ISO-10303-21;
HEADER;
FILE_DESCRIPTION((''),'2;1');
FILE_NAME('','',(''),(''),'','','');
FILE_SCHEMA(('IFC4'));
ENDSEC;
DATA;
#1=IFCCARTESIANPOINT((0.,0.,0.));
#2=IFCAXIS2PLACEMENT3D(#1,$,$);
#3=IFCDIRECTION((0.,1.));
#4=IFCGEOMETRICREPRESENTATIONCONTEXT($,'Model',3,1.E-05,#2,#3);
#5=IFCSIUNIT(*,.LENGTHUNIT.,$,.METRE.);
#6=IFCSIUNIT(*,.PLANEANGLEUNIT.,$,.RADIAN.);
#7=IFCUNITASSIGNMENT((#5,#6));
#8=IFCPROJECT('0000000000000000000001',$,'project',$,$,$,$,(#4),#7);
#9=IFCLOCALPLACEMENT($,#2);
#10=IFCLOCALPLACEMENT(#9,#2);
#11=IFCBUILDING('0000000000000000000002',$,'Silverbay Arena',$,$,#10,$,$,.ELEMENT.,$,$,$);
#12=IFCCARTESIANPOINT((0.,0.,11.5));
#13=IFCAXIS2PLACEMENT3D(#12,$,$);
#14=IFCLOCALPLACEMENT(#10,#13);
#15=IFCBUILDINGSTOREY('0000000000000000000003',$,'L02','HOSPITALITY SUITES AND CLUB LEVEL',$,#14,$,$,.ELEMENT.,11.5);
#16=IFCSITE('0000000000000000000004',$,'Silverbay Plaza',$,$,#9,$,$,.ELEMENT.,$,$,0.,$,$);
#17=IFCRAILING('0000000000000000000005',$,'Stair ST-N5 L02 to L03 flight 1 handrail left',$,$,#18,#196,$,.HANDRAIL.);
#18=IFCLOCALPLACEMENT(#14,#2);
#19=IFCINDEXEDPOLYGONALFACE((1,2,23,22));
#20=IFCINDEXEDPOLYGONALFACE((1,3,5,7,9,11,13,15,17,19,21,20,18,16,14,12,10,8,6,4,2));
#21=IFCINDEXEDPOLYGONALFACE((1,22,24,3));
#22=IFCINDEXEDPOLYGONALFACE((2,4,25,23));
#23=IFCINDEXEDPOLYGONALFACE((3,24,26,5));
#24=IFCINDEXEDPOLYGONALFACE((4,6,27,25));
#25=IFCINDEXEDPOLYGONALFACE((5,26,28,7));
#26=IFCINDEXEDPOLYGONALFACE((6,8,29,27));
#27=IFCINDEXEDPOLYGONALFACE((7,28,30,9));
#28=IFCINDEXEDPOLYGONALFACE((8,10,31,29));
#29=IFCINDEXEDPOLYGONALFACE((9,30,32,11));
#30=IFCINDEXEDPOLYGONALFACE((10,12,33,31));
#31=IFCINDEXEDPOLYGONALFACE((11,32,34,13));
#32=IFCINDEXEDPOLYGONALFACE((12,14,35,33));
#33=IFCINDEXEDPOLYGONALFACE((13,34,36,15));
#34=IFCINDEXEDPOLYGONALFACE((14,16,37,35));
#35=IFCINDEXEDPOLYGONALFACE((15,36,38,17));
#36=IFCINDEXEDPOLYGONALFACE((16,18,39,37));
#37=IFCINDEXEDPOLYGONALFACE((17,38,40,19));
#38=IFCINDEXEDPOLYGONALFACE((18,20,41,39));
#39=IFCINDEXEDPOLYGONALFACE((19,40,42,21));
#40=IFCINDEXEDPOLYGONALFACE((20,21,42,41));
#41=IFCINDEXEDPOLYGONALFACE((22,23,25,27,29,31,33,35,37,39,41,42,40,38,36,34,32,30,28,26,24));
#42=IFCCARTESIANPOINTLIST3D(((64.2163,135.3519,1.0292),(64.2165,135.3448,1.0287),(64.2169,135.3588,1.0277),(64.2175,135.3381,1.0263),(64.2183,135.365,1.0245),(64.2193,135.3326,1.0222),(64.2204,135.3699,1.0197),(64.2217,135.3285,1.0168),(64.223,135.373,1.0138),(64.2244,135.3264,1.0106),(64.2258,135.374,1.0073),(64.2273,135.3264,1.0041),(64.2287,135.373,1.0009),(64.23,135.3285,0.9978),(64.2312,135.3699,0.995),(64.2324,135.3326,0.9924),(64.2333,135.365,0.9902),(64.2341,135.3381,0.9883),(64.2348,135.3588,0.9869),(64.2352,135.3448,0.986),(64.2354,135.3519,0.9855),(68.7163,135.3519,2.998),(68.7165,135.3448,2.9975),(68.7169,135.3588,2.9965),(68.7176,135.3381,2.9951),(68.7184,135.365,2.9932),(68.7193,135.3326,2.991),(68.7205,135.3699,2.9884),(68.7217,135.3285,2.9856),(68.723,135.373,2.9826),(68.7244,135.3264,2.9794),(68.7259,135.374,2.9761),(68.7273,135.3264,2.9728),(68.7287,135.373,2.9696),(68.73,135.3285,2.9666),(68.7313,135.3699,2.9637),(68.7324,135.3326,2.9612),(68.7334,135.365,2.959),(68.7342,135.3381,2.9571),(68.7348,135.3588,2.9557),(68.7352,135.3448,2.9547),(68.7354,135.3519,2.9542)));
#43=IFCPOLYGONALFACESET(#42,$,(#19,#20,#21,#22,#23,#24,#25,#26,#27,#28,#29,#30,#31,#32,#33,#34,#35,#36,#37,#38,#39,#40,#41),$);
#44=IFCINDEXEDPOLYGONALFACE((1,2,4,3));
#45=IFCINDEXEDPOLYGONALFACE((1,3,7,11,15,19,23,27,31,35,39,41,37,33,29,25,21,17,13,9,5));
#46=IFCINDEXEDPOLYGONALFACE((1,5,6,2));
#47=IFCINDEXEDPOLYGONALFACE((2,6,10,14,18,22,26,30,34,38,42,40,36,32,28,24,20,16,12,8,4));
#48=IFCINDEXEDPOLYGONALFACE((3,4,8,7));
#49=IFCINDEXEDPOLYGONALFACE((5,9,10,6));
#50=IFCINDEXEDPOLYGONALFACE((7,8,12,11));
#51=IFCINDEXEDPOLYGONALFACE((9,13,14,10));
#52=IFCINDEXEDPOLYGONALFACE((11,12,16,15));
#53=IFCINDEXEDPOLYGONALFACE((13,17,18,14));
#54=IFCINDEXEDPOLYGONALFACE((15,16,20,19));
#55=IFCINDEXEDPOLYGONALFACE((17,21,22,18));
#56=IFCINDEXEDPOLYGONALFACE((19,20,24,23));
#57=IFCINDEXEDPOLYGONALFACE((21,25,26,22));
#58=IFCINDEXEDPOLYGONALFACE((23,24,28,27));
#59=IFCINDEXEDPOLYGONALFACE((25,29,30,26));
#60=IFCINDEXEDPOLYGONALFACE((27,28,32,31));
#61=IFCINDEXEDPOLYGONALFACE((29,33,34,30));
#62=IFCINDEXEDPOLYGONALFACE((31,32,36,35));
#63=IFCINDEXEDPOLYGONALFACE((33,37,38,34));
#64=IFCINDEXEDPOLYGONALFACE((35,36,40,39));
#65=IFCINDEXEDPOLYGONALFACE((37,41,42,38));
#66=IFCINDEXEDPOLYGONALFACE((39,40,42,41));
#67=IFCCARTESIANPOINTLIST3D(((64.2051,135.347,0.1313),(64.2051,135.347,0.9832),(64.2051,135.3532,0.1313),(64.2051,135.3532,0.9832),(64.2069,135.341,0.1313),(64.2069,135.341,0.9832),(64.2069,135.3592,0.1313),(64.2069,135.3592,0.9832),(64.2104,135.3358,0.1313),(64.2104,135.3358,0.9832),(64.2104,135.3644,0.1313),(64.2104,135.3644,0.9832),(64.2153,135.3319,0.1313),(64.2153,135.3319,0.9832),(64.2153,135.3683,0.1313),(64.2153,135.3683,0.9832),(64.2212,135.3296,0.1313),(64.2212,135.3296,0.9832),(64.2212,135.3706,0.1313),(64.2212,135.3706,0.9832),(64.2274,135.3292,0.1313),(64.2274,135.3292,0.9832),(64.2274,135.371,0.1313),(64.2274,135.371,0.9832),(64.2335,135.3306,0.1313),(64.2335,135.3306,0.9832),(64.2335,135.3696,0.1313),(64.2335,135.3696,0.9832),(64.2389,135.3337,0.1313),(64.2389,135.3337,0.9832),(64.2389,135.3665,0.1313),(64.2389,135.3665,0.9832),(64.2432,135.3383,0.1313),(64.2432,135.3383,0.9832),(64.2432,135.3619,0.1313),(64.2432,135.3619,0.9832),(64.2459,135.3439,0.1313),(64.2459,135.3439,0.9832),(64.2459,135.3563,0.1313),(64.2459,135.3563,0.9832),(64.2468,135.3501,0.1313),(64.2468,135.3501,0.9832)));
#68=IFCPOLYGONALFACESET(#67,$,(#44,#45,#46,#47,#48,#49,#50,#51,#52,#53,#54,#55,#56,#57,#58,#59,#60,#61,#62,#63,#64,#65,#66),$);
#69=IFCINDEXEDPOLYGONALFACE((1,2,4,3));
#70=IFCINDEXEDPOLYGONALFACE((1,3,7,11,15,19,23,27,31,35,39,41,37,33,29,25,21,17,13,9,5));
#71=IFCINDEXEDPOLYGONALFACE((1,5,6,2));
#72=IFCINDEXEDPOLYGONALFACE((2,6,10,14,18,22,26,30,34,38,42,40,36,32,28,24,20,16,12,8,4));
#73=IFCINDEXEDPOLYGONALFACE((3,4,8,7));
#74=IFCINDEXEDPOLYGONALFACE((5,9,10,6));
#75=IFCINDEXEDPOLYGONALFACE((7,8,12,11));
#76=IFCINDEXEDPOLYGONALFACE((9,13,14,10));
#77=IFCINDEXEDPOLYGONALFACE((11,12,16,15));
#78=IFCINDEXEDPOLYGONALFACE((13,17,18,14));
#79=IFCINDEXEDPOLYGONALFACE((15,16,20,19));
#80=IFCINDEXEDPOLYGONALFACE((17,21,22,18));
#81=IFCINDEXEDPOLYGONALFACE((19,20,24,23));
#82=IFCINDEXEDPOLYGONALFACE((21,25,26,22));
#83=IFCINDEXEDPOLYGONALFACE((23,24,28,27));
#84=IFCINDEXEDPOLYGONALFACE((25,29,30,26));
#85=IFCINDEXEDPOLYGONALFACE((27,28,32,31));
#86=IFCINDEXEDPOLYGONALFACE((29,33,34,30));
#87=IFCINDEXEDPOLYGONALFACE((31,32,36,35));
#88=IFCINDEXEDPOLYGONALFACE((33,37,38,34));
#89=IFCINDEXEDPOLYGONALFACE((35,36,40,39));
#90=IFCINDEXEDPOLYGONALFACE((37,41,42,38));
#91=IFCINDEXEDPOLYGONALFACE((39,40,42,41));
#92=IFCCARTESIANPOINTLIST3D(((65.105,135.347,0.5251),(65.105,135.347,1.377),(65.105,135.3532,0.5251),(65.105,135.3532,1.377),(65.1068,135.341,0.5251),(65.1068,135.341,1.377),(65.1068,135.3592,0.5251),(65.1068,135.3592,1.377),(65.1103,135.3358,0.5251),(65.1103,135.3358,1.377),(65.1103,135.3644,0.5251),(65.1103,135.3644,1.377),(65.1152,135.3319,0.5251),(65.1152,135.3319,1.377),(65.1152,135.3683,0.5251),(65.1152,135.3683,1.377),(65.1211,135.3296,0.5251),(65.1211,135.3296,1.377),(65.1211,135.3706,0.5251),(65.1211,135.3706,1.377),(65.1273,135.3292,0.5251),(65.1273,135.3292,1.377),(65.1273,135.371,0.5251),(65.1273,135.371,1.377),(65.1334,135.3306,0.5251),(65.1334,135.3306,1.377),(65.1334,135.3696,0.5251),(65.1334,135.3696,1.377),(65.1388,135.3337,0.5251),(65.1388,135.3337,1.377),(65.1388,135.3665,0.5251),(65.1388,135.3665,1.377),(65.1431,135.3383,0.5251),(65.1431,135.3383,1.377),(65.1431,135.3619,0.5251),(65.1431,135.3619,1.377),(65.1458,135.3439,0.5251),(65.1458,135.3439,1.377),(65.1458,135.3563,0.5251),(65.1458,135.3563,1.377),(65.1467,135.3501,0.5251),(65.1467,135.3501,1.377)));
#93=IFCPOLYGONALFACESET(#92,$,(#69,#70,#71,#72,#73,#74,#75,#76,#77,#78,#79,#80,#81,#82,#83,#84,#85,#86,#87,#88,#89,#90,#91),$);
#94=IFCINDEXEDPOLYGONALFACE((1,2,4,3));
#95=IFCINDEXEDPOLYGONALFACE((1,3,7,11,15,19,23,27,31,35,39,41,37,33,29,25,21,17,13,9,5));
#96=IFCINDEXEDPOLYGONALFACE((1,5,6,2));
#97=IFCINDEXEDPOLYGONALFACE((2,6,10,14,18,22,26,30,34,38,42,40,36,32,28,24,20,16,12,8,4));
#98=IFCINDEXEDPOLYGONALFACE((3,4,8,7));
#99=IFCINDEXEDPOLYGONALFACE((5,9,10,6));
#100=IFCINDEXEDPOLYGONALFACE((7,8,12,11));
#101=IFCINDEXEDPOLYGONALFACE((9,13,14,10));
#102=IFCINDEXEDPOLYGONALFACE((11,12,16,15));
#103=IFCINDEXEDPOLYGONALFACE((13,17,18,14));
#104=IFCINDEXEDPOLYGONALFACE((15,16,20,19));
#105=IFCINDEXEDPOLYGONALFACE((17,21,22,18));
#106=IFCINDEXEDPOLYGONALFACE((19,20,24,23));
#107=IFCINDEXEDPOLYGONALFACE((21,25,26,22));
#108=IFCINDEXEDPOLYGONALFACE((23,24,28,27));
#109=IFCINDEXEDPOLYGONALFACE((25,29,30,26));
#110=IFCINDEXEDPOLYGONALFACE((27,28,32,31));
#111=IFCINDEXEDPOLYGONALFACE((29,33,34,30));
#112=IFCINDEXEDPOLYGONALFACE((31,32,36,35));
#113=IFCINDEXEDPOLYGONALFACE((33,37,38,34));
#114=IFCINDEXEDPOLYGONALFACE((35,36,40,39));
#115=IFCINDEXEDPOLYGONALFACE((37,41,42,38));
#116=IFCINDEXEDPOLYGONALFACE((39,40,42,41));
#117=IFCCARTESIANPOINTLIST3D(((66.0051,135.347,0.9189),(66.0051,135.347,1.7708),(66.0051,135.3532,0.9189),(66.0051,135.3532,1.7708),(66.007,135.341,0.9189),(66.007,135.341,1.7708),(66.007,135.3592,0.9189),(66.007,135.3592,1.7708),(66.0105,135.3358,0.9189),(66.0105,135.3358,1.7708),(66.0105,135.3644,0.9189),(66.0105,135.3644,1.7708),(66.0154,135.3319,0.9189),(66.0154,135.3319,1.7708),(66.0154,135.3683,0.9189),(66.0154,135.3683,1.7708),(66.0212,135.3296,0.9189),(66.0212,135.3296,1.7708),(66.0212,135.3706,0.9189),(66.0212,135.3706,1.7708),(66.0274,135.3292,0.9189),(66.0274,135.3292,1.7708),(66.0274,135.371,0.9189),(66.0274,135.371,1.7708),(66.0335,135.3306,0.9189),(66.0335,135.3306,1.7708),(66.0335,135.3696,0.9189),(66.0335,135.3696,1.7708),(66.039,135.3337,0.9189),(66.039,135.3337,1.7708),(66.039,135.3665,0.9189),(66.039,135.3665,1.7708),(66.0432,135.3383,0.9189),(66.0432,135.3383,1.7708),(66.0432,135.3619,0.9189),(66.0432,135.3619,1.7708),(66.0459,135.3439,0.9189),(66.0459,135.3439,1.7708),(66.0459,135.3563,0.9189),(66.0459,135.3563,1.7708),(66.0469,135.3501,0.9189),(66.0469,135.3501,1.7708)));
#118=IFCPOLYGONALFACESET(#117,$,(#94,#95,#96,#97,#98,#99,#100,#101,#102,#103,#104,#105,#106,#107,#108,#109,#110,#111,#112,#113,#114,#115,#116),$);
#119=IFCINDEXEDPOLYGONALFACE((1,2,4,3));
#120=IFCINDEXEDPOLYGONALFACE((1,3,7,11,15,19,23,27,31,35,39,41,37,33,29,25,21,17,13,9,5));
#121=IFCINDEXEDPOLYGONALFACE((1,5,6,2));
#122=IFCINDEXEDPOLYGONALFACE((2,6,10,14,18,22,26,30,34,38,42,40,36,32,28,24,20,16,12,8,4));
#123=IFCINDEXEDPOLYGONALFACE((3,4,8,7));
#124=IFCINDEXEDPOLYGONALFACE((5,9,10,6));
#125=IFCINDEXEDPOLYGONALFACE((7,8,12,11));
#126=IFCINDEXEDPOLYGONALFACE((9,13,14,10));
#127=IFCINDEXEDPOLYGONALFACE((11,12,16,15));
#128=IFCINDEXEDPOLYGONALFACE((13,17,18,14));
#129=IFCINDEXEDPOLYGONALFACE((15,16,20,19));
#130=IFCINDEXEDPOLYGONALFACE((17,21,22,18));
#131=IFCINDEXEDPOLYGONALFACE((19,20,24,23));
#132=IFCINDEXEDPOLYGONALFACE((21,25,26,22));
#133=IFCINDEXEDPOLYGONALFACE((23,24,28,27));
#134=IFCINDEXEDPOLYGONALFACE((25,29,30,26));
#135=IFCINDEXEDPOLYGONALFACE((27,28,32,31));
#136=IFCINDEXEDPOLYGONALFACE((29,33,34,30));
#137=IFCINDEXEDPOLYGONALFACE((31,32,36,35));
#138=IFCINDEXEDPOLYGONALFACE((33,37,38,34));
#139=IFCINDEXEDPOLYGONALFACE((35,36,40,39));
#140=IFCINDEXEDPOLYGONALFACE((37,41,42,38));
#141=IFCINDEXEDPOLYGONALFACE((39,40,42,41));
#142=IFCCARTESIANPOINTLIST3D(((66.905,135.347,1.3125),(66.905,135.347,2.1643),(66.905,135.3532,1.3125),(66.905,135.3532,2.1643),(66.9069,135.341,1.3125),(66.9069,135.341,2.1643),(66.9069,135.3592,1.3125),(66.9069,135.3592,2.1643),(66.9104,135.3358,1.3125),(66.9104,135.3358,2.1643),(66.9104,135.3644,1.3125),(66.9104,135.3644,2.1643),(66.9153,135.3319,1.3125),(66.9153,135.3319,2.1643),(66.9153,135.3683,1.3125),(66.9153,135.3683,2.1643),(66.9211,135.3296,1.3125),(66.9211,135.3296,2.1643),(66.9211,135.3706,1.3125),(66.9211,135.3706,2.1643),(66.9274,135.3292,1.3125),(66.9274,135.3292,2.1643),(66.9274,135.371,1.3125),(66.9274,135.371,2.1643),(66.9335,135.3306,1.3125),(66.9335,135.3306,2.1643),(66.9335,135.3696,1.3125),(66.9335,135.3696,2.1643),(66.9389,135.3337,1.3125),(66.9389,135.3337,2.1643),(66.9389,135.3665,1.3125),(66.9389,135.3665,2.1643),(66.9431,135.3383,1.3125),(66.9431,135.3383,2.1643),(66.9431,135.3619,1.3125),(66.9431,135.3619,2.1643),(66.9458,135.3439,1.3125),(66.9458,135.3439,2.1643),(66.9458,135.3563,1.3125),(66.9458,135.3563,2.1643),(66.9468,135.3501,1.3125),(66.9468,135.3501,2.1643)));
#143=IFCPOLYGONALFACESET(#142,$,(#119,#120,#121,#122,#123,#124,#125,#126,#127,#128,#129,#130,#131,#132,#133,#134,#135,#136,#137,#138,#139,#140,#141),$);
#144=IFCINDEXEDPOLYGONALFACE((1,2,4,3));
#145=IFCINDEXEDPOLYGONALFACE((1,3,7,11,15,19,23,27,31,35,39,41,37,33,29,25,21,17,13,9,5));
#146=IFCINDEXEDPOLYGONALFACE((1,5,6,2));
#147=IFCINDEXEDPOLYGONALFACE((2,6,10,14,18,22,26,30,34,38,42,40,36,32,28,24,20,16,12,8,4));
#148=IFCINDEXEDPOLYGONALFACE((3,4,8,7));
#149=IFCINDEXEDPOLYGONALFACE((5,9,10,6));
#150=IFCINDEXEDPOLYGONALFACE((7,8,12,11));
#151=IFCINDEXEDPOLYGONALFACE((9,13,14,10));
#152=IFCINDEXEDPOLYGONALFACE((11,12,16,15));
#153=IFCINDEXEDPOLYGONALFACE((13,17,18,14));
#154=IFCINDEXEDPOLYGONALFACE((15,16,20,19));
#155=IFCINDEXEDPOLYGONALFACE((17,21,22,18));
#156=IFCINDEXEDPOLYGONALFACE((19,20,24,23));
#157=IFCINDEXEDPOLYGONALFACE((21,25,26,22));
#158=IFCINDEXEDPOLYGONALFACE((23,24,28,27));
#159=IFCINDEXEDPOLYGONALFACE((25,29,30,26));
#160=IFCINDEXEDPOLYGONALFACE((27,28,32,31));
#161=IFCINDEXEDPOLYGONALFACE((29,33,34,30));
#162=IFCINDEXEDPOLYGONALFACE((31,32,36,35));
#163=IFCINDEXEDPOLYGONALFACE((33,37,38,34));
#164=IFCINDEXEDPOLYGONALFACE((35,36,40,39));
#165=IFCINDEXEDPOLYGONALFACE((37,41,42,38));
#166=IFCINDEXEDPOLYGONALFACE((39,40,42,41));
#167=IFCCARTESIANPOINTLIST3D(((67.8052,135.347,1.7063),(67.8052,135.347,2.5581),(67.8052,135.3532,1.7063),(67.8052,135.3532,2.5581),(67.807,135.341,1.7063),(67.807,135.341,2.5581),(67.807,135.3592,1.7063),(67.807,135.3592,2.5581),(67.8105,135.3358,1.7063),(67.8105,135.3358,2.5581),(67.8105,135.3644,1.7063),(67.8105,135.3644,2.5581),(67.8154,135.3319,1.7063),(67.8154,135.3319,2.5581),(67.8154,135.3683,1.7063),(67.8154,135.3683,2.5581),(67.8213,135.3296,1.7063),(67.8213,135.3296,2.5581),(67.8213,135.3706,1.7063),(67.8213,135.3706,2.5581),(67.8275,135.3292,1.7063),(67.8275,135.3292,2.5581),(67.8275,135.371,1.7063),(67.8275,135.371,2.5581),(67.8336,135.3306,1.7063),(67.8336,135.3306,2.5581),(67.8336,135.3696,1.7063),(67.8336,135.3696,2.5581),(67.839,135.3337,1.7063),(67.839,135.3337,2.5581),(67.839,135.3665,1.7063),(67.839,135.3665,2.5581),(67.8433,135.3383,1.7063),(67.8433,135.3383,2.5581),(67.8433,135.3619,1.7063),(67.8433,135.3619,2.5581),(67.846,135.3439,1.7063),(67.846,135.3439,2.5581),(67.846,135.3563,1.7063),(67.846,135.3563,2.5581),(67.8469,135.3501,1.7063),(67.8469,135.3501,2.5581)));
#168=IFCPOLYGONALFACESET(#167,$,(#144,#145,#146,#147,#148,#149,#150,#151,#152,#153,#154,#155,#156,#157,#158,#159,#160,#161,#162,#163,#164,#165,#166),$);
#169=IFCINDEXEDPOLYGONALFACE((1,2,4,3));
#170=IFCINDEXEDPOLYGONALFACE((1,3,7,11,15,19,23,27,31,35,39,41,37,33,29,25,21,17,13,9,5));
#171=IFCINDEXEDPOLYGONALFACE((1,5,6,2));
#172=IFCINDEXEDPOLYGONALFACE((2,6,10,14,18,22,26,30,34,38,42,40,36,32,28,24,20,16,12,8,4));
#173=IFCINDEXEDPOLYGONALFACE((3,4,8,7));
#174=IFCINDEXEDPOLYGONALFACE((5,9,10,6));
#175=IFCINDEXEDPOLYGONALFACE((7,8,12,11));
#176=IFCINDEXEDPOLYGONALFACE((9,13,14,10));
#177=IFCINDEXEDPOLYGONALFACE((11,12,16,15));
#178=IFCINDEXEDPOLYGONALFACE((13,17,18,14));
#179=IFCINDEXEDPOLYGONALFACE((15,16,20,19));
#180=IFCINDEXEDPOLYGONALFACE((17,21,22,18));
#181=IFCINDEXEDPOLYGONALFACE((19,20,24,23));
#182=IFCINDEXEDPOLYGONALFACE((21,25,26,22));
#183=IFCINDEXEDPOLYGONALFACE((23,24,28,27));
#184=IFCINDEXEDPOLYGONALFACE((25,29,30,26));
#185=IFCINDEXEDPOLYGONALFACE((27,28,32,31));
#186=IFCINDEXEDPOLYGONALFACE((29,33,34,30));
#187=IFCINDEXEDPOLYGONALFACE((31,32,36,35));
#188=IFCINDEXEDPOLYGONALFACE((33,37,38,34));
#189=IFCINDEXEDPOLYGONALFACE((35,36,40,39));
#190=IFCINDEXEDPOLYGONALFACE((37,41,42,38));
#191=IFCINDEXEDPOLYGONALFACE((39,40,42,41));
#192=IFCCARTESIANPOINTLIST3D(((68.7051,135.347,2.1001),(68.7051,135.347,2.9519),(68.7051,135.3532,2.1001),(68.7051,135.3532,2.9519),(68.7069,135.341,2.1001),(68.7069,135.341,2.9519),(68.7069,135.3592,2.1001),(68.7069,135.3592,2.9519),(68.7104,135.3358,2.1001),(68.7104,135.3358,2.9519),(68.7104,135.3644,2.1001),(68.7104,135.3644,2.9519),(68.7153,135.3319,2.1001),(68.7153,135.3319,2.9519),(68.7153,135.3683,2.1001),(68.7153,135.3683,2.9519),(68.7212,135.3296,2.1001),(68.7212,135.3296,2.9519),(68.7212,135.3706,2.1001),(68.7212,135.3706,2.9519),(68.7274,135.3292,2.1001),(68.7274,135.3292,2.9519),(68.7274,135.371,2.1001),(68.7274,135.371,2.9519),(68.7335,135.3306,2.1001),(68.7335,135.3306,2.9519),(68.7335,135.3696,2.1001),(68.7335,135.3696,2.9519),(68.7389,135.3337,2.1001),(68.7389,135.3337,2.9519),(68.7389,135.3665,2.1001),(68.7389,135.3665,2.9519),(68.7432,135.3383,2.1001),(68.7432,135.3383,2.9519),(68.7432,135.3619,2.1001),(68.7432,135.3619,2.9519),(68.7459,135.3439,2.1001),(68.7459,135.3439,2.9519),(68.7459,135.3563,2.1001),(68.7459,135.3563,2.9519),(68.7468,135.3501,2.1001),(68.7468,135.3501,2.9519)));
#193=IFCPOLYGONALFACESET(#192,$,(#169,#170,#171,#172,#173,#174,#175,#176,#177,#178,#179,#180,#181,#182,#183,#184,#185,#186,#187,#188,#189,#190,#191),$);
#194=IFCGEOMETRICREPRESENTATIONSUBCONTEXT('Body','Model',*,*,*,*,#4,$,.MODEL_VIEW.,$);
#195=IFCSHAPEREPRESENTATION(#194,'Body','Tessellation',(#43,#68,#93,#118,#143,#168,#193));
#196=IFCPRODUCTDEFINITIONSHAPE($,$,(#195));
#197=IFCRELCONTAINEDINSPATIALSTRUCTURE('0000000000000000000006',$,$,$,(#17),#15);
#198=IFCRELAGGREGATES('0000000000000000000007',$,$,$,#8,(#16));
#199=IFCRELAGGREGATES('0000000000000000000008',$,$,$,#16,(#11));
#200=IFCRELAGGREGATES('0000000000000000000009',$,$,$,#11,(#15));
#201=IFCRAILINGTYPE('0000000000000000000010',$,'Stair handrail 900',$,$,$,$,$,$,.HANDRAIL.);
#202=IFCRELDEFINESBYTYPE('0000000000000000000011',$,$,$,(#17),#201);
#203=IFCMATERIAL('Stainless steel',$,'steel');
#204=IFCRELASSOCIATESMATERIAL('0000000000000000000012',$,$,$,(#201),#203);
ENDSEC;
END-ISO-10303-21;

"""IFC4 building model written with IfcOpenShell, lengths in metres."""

from ifc_helpers import new_model, si_unit, direction, frame, origin, origin_2d, place, context, subcontext, project, spatial, circle, extrude, material, type_object, element, save


model = new_model("IFC4")

# Units and contexts
model_context = context("Model", 3, precision=1e-05, world=origin(), true_north=direction((0.0, 1.0)))
body_context = subcontext(model_context, "Body", "Model", "MODEL_VIEW")
ifc_project = project(units=[si_unit("LENGTHUNIT", "METRE"), si_unit("PLANEANGLEUNIT", "RADIAN")], contexts=[model_context])

# Site, building, storey
site_placement = place(None, origin())
site = spatial("IfcSite", under=ifc_project, at=site_placement, Name="Silverbay Plaza", CompositionType="ELEMENT", RefElevation=0.0)
building_placement = place(site_placement, origin())
building = spatial("IfcBuilding", under=site, at=building_placement, Name="Silverbay Arena", CompositionType="ELEMENT")
storey_placement = place(building_placement, frame((0.0, 0.0, 11.5)))
storey = spatial("IfcBuildingStorey", under=building, at=storey_placement, Name="L02", Description="HOSPITALITY SUITES AND CLUB LEVEL", CompositionType="ELEMENT", Elevation=11.5)

# Railing
ifc_material_1 = material(Name="Stainless steel", Category="steel")
railing_type_1 = type_object("IfcRailingType", Name="Stair handrail 900", PredefinedType="HANDRAIL", material=ifc_material_1)
for number, where, name in (
    (1, (64.2258, 135.3501, 0.1313), "Stair ST-N5 L02 to L03 flight 1 handrail left"),
):
    element("IfcRailing", number, at=place(storey_placement, frame(where)), inside=storey, type_object=railing_type_1, Name=name, PredefinedType="HANDRAIL", context=body_context, shape_type="SweptSolid", body=[
        extrude(circle(Radius=0.0239, at=origin_2d()), frame((0.0, 0.0, 0.876), z_axis=(0.916157, 0.0, 0.400819), x_axis=(0.0, 1.0, 0.0)), (0.0, 0.0, 1.0), 4.9119),
        extrude(circle(Radius=0.021, at=origin_2d()), origin(), (0.0, 0.0, 1.0), 0.8518),
        extrude(circle(Radius=0.021, at=origin_2d()), frame((0.8999, 0.0, 0.3938)), (0.0, 0.0, 1.0), 0.8518),
        extrude(circle(Radius=0.021, at=origin_2d()), frame((1.8, 0.0, 0.7876)), (0.0, 0.0, 1.0), 0.8518),
        extrude(circle(Radius=0.021, at=origin_2d()), frame((2.7, 0.0, 1.1812)), (0.0, 0.0, 1.0), 0.8518),
        extrude(circle(Radius=0.021, at=origin_2d()), frame((3.6001, 0.0, 1.575)), (0.0, 0.0, 1.0), 0.8518),
        extrude(circle(Radius=0.021, at=origin_2d()), frame((4.5, 0.0, 1.9688)), (0.0, 0.0, 1.0), 0.8518),
    ])

save(model, "model.ifc")
